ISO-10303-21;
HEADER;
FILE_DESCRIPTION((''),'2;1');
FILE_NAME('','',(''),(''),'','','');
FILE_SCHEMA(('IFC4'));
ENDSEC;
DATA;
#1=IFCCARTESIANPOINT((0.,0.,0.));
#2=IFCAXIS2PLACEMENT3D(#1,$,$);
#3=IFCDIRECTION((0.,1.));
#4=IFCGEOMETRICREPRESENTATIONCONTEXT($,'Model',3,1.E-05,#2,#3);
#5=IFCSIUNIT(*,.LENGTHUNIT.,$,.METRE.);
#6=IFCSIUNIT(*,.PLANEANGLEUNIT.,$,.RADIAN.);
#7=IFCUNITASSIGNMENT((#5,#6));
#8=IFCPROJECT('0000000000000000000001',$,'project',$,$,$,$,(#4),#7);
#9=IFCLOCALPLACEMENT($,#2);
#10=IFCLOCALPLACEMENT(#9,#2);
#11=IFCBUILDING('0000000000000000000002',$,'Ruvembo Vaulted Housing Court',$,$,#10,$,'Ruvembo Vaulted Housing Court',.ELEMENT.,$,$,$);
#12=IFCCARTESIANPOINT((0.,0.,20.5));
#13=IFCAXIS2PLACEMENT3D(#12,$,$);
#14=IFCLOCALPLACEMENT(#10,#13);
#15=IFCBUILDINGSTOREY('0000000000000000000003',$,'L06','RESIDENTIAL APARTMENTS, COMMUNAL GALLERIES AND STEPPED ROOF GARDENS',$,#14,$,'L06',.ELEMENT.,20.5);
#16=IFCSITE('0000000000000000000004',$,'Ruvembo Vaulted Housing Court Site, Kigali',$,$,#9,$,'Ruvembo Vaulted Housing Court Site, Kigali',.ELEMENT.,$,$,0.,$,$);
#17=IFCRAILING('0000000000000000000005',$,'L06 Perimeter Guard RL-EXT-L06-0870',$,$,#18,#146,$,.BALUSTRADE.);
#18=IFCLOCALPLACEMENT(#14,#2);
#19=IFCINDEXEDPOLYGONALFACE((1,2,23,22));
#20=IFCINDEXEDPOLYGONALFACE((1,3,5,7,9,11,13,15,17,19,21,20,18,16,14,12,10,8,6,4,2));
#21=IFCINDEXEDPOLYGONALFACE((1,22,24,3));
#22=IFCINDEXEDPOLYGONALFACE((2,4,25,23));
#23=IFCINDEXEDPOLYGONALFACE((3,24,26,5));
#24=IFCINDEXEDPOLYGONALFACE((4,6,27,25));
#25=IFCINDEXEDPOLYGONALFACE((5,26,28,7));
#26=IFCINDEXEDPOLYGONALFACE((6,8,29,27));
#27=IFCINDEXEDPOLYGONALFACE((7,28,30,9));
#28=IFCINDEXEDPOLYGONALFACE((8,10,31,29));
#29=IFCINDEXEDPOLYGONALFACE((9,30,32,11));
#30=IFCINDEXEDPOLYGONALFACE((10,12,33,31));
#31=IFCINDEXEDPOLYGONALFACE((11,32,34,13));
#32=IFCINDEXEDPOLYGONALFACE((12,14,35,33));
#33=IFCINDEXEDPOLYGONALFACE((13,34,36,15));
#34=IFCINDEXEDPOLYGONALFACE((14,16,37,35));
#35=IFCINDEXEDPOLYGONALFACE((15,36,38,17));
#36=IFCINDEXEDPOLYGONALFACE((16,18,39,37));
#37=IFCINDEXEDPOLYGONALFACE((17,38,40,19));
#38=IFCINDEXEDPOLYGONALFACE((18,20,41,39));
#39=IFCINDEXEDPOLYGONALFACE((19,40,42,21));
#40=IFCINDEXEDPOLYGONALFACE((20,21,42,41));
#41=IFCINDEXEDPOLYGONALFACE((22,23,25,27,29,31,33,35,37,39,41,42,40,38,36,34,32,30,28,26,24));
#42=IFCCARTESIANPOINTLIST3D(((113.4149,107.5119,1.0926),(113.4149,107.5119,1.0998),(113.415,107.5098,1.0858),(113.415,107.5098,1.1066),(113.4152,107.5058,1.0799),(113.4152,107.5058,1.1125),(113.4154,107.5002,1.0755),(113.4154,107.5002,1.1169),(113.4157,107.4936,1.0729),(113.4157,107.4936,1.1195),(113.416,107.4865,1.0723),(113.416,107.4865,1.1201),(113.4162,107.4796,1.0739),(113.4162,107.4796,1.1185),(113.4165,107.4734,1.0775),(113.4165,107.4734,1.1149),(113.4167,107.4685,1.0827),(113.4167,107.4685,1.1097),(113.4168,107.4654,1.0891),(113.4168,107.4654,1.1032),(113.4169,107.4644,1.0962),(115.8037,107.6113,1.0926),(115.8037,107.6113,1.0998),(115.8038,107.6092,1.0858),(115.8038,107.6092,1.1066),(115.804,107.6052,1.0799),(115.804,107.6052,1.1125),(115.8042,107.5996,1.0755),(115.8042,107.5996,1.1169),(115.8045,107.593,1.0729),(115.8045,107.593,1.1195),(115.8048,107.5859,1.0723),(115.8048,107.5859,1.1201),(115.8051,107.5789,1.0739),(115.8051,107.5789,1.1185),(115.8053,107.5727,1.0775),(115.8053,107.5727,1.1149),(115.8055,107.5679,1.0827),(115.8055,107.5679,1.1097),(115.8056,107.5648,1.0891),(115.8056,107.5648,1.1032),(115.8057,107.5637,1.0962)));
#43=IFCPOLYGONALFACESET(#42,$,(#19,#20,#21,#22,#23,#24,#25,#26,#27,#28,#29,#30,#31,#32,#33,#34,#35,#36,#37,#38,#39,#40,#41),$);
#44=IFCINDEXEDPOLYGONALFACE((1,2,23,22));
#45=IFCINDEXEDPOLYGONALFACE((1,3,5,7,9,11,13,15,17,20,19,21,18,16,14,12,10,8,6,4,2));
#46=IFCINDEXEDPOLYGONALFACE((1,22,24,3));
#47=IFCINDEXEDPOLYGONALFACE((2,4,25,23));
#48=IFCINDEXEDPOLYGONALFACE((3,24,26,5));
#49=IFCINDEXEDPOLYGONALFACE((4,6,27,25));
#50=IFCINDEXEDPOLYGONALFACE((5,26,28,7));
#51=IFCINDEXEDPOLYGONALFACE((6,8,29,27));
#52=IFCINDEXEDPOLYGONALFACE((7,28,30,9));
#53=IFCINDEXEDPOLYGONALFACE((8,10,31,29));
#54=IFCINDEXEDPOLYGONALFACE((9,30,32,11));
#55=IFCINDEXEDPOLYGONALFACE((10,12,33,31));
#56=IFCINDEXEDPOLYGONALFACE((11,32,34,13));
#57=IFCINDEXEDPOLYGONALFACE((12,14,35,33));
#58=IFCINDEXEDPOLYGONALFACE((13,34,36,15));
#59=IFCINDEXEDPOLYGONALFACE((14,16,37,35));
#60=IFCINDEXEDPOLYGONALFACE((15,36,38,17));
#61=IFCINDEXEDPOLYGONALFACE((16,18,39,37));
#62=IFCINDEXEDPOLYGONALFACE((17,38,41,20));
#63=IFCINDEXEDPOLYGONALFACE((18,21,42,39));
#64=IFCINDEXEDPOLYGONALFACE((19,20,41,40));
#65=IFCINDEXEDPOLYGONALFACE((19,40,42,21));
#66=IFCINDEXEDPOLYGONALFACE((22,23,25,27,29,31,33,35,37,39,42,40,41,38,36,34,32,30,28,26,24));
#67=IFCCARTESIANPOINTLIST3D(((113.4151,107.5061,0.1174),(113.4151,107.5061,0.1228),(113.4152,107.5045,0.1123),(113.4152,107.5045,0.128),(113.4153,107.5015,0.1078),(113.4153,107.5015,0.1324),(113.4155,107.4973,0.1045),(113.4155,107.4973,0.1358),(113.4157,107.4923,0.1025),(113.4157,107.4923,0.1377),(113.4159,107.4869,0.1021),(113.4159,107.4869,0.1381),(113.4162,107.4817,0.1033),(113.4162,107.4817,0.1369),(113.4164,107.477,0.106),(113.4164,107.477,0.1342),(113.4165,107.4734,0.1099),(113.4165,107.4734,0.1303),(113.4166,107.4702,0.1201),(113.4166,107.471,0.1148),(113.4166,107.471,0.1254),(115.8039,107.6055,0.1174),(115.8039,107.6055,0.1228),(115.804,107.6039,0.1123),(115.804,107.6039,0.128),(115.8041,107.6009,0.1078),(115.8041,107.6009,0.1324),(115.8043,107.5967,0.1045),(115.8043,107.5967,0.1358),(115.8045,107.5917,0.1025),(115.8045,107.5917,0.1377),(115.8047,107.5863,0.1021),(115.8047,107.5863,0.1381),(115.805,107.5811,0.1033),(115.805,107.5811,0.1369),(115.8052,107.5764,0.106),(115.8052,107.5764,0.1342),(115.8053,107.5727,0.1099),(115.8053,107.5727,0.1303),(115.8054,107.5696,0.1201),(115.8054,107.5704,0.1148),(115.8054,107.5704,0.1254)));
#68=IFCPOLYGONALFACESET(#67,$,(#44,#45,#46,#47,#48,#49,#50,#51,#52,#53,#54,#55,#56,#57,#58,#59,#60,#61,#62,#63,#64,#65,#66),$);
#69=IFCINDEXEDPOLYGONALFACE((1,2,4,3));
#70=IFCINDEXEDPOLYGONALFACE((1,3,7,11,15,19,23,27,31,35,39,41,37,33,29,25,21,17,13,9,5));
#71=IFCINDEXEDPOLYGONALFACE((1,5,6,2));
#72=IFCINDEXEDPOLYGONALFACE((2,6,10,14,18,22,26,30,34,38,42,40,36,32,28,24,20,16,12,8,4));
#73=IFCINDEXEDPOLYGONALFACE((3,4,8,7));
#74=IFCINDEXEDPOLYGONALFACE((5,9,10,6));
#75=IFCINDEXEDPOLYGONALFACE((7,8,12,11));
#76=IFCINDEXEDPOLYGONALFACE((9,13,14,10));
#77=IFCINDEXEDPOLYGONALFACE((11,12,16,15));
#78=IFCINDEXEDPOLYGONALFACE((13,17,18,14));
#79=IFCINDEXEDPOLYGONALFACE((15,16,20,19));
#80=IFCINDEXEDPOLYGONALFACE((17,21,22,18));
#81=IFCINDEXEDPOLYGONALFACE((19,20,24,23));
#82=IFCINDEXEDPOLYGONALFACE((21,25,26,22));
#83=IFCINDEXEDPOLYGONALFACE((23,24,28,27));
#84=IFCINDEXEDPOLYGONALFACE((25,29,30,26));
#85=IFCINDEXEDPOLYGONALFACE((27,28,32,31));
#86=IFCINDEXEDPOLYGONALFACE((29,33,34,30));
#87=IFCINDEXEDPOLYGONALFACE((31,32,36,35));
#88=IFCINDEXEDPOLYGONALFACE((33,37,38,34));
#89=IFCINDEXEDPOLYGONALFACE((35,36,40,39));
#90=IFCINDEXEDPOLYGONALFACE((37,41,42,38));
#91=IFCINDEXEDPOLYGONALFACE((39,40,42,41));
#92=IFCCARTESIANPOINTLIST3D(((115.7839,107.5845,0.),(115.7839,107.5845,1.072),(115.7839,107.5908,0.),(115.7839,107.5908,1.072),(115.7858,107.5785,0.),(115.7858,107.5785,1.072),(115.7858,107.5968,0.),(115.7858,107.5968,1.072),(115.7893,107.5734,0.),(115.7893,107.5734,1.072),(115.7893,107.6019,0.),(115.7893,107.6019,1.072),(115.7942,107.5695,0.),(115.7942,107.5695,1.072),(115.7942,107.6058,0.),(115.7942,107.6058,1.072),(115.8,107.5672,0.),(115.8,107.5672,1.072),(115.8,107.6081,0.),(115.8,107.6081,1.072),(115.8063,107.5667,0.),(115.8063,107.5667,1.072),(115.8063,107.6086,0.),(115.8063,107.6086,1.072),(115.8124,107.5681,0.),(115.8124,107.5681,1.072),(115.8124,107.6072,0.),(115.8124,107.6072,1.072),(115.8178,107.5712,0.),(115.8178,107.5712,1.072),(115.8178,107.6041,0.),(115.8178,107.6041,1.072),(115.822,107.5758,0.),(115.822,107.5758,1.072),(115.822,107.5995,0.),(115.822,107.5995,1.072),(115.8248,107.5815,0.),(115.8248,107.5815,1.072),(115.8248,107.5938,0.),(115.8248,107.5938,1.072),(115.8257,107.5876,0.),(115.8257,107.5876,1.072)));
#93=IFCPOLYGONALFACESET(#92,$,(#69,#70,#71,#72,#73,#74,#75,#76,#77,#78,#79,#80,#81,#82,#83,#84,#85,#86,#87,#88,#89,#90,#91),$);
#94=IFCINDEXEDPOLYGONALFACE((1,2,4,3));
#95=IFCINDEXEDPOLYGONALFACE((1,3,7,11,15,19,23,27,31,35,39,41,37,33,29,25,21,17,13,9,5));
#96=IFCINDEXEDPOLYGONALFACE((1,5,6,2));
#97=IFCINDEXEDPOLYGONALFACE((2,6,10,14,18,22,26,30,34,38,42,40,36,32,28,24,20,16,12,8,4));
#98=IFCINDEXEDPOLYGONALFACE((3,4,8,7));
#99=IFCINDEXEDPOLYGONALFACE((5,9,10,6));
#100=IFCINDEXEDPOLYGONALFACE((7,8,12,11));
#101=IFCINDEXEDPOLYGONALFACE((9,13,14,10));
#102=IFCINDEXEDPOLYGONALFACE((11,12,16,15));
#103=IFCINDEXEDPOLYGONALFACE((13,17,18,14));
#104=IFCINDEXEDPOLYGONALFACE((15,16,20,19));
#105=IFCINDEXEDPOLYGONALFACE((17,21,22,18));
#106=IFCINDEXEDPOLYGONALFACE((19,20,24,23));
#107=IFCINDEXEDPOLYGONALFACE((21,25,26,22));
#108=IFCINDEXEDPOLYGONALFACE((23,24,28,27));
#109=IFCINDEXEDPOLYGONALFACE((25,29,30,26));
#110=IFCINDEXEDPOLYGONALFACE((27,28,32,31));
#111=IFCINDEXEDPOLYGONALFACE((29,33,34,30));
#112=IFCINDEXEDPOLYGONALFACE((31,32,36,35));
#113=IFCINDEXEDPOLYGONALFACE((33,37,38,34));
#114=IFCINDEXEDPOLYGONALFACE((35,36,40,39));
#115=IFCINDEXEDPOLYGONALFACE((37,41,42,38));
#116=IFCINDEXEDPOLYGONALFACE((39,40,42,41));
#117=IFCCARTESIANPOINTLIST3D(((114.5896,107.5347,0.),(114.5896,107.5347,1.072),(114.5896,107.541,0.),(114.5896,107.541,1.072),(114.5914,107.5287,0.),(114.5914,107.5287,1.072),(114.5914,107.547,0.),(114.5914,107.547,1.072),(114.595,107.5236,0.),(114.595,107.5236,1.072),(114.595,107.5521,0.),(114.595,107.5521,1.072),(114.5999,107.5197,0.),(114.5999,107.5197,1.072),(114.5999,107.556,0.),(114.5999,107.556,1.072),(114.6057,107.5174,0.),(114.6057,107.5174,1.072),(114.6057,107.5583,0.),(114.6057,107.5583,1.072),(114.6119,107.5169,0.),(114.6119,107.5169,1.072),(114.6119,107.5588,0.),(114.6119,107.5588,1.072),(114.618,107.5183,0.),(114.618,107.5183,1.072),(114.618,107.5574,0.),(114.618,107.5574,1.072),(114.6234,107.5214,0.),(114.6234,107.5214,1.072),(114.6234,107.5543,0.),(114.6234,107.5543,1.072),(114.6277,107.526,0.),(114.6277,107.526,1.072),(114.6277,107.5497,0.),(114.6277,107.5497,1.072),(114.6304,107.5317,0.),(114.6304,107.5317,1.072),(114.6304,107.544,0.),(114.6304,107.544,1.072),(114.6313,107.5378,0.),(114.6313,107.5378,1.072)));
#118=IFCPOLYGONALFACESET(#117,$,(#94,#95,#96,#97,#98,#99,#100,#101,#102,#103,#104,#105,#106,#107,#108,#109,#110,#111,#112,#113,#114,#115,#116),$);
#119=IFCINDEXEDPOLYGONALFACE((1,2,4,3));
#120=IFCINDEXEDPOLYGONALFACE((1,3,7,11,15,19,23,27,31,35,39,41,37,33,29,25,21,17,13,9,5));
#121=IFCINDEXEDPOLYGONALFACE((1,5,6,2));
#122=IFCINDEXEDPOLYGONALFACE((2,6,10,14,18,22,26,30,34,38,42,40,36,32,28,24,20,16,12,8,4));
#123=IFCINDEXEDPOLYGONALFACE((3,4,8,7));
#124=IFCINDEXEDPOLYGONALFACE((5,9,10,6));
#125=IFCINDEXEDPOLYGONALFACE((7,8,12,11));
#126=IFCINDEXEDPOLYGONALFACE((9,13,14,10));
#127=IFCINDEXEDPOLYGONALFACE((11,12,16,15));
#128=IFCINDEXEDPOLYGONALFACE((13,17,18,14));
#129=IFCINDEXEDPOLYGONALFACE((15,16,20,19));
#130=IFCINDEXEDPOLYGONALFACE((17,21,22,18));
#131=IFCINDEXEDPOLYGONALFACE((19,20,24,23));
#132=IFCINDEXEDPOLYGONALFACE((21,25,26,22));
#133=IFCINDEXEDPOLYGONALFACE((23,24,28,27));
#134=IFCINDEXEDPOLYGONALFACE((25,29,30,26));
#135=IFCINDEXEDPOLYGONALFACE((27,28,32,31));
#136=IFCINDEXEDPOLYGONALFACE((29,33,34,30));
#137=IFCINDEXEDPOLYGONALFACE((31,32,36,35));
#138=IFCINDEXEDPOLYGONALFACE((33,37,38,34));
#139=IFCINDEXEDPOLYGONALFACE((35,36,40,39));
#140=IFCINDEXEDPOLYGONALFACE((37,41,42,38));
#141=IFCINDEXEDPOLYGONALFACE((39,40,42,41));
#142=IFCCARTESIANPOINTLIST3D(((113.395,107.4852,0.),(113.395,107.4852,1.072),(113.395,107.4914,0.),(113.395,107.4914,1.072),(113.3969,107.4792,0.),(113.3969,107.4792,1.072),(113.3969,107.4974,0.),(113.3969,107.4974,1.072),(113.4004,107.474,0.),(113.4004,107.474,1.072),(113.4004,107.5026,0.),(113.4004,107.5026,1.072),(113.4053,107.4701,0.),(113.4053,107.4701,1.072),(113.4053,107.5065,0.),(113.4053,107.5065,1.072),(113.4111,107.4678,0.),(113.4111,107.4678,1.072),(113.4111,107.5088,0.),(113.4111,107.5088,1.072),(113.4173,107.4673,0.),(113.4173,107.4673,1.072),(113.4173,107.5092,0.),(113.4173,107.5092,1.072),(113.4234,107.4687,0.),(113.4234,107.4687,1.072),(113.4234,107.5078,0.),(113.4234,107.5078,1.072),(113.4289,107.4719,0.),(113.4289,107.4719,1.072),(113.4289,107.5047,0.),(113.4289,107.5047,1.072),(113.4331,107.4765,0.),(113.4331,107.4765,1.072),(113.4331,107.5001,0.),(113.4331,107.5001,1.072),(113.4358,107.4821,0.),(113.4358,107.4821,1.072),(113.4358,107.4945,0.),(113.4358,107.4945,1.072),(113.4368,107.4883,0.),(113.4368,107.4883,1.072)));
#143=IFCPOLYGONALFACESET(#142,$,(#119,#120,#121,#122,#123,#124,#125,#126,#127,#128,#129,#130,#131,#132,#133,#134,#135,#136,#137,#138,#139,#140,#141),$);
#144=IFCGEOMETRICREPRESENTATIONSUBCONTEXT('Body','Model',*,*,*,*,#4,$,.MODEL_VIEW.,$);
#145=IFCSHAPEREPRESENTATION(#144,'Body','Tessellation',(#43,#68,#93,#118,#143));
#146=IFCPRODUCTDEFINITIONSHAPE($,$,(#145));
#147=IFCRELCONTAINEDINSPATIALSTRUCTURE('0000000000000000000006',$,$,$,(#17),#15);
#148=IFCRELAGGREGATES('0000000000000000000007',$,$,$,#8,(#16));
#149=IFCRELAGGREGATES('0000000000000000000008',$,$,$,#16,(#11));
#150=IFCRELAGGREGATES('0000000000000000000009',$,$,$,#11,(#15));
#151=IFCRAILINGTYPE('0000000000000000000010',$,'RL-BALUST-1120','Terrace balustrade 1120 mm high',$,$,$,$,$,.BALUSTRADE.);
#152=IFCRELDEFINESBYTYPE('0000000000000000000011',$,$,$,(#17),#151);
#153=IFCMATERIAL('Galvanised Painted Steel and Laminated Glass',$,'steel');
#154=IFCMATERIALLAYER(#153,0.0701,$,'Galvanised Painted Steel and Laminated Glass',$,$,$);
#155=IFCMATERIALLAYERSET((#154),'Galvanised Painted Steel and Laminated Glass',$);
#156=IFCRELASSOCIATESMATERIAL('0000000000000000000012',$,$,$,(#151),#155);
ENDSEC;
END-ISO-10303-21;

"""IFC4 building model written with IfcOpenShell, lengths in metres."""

from ifc_helpers import new_model, si_unit, direction, frame, origin, origin_2d, place, context, subcontext, project, spatial, circle, extrude, material, layer, layer_set, type_object, element, save


model = new_model("IFC4")

# Units and contexts
model_context = context("Model", 3, precision=1e-05, world=origin(), true_north=direction((0.0, 1.0)))
body_context = subcontext(model_context, "Body", "Model", "MODEL_VIEW")
ifc_project = project(units=[si_unit("LENGTHUNIT", "METRE"), si_unit("PLANEANGLEUNIT", "RADIAN")], contexts=[model_context])

# Site, building, storey
site_placement = place(None, origin())
site = spatial("IfcSite", under=ifc_project, at=site_placement, Name="Ruvembo Vaulted Housing Court Site, Kigali", LongName="Ruvembo Vaulted Housing Court Site, Kigali", CompositionType="ELEMENT", RefElevation=0.0)
building_placement = place(site_placement, origin())
building = spatial("IfcBuilding", under=site, at=building_placement, Name="Ruvembo Vaulted Housing Court", LongName="Ruvembo Vaulted Housing Court", CompositionType="ELEMENT")
storey_placement = place(building_placement, frame((0.0, 0.0, 20.5)))
storey = spatial("IfcBuildingStorey", under=building, at=storey_placement, Name="L06", Description="RESIDENTIAL APARTMENTS, COMMUNAL GALLERIES AND STEPPED ROOF GARDENS", LongName="L06", CompositionType="ELEMENT", Elevation=20.5)

# Railing
ifc_material_1 = material(Name="Galvanised Painted Steel and Laminated Glass", Category="steel")
ifc_layer = layer(ifc_material_1, 0.0701, Name="Galvanised Painted Steel and Laminated Glass")
ifc_layer_set = layer_set([ifc_layer], Name="Galvanised Painted Steel and Laminated Glass")
railing_type = type_object("IfcRailingType", Name="RL-BALUST-1120", Description="Terrace balustrade 1120 mm high", PredefinedType="BALUSTRADE", material=ifc_layer_set)
railing_1_placement = place(storey_placement, frame((115.8047, 107.5876, 0.0)))
element("IfcRailing", 1, at=railing_1_placement, inside=storey, type_object=railing_type, Name="L06 Perimeter Guard RL-EXT-L06-0870", PredefinedType="BALUSTRADE", context=body_context, shape_type="SweptSolid", body=[
    extrude(circle(Radius=0.0239, at=origin_2d()), frame((0.0, 0.0, 1.0962), z_axis=(-0.999136, -0.041558, 0.0), x_axis=(0.041558, -0.999136, 0.0)), (0.0, 0.0, 1.0), 2.3909),
    extrude(circle(Radius=0.0181, at=origin_2d()), frame((0.0, 0.0, 0.1201), z_axis=(-0.999136, -0.041558, 0.0), x_axis=(0.041558, -0.999136, 0.0)), (0.0, 0.0, 1.0), 2.3909),
    extrude(circle(Radius=0.021, at=origin_2d()), origin(), (0.0, 0.0, 1.0), 1.072),
    extrude(circle(Radius=0.021, at=origin_2d()), frame((-1.1943, -0.0498, 0.0)), (0.0, 0.0, 1.0), 1.072),
    extrude(circle(Radius=0.021, at=origin_2d()), frame((-2.3889, -0.0994, 0.0)), (0.0, 0.0, 1.0), 1.072),
])

save(model, "model.ifc")
